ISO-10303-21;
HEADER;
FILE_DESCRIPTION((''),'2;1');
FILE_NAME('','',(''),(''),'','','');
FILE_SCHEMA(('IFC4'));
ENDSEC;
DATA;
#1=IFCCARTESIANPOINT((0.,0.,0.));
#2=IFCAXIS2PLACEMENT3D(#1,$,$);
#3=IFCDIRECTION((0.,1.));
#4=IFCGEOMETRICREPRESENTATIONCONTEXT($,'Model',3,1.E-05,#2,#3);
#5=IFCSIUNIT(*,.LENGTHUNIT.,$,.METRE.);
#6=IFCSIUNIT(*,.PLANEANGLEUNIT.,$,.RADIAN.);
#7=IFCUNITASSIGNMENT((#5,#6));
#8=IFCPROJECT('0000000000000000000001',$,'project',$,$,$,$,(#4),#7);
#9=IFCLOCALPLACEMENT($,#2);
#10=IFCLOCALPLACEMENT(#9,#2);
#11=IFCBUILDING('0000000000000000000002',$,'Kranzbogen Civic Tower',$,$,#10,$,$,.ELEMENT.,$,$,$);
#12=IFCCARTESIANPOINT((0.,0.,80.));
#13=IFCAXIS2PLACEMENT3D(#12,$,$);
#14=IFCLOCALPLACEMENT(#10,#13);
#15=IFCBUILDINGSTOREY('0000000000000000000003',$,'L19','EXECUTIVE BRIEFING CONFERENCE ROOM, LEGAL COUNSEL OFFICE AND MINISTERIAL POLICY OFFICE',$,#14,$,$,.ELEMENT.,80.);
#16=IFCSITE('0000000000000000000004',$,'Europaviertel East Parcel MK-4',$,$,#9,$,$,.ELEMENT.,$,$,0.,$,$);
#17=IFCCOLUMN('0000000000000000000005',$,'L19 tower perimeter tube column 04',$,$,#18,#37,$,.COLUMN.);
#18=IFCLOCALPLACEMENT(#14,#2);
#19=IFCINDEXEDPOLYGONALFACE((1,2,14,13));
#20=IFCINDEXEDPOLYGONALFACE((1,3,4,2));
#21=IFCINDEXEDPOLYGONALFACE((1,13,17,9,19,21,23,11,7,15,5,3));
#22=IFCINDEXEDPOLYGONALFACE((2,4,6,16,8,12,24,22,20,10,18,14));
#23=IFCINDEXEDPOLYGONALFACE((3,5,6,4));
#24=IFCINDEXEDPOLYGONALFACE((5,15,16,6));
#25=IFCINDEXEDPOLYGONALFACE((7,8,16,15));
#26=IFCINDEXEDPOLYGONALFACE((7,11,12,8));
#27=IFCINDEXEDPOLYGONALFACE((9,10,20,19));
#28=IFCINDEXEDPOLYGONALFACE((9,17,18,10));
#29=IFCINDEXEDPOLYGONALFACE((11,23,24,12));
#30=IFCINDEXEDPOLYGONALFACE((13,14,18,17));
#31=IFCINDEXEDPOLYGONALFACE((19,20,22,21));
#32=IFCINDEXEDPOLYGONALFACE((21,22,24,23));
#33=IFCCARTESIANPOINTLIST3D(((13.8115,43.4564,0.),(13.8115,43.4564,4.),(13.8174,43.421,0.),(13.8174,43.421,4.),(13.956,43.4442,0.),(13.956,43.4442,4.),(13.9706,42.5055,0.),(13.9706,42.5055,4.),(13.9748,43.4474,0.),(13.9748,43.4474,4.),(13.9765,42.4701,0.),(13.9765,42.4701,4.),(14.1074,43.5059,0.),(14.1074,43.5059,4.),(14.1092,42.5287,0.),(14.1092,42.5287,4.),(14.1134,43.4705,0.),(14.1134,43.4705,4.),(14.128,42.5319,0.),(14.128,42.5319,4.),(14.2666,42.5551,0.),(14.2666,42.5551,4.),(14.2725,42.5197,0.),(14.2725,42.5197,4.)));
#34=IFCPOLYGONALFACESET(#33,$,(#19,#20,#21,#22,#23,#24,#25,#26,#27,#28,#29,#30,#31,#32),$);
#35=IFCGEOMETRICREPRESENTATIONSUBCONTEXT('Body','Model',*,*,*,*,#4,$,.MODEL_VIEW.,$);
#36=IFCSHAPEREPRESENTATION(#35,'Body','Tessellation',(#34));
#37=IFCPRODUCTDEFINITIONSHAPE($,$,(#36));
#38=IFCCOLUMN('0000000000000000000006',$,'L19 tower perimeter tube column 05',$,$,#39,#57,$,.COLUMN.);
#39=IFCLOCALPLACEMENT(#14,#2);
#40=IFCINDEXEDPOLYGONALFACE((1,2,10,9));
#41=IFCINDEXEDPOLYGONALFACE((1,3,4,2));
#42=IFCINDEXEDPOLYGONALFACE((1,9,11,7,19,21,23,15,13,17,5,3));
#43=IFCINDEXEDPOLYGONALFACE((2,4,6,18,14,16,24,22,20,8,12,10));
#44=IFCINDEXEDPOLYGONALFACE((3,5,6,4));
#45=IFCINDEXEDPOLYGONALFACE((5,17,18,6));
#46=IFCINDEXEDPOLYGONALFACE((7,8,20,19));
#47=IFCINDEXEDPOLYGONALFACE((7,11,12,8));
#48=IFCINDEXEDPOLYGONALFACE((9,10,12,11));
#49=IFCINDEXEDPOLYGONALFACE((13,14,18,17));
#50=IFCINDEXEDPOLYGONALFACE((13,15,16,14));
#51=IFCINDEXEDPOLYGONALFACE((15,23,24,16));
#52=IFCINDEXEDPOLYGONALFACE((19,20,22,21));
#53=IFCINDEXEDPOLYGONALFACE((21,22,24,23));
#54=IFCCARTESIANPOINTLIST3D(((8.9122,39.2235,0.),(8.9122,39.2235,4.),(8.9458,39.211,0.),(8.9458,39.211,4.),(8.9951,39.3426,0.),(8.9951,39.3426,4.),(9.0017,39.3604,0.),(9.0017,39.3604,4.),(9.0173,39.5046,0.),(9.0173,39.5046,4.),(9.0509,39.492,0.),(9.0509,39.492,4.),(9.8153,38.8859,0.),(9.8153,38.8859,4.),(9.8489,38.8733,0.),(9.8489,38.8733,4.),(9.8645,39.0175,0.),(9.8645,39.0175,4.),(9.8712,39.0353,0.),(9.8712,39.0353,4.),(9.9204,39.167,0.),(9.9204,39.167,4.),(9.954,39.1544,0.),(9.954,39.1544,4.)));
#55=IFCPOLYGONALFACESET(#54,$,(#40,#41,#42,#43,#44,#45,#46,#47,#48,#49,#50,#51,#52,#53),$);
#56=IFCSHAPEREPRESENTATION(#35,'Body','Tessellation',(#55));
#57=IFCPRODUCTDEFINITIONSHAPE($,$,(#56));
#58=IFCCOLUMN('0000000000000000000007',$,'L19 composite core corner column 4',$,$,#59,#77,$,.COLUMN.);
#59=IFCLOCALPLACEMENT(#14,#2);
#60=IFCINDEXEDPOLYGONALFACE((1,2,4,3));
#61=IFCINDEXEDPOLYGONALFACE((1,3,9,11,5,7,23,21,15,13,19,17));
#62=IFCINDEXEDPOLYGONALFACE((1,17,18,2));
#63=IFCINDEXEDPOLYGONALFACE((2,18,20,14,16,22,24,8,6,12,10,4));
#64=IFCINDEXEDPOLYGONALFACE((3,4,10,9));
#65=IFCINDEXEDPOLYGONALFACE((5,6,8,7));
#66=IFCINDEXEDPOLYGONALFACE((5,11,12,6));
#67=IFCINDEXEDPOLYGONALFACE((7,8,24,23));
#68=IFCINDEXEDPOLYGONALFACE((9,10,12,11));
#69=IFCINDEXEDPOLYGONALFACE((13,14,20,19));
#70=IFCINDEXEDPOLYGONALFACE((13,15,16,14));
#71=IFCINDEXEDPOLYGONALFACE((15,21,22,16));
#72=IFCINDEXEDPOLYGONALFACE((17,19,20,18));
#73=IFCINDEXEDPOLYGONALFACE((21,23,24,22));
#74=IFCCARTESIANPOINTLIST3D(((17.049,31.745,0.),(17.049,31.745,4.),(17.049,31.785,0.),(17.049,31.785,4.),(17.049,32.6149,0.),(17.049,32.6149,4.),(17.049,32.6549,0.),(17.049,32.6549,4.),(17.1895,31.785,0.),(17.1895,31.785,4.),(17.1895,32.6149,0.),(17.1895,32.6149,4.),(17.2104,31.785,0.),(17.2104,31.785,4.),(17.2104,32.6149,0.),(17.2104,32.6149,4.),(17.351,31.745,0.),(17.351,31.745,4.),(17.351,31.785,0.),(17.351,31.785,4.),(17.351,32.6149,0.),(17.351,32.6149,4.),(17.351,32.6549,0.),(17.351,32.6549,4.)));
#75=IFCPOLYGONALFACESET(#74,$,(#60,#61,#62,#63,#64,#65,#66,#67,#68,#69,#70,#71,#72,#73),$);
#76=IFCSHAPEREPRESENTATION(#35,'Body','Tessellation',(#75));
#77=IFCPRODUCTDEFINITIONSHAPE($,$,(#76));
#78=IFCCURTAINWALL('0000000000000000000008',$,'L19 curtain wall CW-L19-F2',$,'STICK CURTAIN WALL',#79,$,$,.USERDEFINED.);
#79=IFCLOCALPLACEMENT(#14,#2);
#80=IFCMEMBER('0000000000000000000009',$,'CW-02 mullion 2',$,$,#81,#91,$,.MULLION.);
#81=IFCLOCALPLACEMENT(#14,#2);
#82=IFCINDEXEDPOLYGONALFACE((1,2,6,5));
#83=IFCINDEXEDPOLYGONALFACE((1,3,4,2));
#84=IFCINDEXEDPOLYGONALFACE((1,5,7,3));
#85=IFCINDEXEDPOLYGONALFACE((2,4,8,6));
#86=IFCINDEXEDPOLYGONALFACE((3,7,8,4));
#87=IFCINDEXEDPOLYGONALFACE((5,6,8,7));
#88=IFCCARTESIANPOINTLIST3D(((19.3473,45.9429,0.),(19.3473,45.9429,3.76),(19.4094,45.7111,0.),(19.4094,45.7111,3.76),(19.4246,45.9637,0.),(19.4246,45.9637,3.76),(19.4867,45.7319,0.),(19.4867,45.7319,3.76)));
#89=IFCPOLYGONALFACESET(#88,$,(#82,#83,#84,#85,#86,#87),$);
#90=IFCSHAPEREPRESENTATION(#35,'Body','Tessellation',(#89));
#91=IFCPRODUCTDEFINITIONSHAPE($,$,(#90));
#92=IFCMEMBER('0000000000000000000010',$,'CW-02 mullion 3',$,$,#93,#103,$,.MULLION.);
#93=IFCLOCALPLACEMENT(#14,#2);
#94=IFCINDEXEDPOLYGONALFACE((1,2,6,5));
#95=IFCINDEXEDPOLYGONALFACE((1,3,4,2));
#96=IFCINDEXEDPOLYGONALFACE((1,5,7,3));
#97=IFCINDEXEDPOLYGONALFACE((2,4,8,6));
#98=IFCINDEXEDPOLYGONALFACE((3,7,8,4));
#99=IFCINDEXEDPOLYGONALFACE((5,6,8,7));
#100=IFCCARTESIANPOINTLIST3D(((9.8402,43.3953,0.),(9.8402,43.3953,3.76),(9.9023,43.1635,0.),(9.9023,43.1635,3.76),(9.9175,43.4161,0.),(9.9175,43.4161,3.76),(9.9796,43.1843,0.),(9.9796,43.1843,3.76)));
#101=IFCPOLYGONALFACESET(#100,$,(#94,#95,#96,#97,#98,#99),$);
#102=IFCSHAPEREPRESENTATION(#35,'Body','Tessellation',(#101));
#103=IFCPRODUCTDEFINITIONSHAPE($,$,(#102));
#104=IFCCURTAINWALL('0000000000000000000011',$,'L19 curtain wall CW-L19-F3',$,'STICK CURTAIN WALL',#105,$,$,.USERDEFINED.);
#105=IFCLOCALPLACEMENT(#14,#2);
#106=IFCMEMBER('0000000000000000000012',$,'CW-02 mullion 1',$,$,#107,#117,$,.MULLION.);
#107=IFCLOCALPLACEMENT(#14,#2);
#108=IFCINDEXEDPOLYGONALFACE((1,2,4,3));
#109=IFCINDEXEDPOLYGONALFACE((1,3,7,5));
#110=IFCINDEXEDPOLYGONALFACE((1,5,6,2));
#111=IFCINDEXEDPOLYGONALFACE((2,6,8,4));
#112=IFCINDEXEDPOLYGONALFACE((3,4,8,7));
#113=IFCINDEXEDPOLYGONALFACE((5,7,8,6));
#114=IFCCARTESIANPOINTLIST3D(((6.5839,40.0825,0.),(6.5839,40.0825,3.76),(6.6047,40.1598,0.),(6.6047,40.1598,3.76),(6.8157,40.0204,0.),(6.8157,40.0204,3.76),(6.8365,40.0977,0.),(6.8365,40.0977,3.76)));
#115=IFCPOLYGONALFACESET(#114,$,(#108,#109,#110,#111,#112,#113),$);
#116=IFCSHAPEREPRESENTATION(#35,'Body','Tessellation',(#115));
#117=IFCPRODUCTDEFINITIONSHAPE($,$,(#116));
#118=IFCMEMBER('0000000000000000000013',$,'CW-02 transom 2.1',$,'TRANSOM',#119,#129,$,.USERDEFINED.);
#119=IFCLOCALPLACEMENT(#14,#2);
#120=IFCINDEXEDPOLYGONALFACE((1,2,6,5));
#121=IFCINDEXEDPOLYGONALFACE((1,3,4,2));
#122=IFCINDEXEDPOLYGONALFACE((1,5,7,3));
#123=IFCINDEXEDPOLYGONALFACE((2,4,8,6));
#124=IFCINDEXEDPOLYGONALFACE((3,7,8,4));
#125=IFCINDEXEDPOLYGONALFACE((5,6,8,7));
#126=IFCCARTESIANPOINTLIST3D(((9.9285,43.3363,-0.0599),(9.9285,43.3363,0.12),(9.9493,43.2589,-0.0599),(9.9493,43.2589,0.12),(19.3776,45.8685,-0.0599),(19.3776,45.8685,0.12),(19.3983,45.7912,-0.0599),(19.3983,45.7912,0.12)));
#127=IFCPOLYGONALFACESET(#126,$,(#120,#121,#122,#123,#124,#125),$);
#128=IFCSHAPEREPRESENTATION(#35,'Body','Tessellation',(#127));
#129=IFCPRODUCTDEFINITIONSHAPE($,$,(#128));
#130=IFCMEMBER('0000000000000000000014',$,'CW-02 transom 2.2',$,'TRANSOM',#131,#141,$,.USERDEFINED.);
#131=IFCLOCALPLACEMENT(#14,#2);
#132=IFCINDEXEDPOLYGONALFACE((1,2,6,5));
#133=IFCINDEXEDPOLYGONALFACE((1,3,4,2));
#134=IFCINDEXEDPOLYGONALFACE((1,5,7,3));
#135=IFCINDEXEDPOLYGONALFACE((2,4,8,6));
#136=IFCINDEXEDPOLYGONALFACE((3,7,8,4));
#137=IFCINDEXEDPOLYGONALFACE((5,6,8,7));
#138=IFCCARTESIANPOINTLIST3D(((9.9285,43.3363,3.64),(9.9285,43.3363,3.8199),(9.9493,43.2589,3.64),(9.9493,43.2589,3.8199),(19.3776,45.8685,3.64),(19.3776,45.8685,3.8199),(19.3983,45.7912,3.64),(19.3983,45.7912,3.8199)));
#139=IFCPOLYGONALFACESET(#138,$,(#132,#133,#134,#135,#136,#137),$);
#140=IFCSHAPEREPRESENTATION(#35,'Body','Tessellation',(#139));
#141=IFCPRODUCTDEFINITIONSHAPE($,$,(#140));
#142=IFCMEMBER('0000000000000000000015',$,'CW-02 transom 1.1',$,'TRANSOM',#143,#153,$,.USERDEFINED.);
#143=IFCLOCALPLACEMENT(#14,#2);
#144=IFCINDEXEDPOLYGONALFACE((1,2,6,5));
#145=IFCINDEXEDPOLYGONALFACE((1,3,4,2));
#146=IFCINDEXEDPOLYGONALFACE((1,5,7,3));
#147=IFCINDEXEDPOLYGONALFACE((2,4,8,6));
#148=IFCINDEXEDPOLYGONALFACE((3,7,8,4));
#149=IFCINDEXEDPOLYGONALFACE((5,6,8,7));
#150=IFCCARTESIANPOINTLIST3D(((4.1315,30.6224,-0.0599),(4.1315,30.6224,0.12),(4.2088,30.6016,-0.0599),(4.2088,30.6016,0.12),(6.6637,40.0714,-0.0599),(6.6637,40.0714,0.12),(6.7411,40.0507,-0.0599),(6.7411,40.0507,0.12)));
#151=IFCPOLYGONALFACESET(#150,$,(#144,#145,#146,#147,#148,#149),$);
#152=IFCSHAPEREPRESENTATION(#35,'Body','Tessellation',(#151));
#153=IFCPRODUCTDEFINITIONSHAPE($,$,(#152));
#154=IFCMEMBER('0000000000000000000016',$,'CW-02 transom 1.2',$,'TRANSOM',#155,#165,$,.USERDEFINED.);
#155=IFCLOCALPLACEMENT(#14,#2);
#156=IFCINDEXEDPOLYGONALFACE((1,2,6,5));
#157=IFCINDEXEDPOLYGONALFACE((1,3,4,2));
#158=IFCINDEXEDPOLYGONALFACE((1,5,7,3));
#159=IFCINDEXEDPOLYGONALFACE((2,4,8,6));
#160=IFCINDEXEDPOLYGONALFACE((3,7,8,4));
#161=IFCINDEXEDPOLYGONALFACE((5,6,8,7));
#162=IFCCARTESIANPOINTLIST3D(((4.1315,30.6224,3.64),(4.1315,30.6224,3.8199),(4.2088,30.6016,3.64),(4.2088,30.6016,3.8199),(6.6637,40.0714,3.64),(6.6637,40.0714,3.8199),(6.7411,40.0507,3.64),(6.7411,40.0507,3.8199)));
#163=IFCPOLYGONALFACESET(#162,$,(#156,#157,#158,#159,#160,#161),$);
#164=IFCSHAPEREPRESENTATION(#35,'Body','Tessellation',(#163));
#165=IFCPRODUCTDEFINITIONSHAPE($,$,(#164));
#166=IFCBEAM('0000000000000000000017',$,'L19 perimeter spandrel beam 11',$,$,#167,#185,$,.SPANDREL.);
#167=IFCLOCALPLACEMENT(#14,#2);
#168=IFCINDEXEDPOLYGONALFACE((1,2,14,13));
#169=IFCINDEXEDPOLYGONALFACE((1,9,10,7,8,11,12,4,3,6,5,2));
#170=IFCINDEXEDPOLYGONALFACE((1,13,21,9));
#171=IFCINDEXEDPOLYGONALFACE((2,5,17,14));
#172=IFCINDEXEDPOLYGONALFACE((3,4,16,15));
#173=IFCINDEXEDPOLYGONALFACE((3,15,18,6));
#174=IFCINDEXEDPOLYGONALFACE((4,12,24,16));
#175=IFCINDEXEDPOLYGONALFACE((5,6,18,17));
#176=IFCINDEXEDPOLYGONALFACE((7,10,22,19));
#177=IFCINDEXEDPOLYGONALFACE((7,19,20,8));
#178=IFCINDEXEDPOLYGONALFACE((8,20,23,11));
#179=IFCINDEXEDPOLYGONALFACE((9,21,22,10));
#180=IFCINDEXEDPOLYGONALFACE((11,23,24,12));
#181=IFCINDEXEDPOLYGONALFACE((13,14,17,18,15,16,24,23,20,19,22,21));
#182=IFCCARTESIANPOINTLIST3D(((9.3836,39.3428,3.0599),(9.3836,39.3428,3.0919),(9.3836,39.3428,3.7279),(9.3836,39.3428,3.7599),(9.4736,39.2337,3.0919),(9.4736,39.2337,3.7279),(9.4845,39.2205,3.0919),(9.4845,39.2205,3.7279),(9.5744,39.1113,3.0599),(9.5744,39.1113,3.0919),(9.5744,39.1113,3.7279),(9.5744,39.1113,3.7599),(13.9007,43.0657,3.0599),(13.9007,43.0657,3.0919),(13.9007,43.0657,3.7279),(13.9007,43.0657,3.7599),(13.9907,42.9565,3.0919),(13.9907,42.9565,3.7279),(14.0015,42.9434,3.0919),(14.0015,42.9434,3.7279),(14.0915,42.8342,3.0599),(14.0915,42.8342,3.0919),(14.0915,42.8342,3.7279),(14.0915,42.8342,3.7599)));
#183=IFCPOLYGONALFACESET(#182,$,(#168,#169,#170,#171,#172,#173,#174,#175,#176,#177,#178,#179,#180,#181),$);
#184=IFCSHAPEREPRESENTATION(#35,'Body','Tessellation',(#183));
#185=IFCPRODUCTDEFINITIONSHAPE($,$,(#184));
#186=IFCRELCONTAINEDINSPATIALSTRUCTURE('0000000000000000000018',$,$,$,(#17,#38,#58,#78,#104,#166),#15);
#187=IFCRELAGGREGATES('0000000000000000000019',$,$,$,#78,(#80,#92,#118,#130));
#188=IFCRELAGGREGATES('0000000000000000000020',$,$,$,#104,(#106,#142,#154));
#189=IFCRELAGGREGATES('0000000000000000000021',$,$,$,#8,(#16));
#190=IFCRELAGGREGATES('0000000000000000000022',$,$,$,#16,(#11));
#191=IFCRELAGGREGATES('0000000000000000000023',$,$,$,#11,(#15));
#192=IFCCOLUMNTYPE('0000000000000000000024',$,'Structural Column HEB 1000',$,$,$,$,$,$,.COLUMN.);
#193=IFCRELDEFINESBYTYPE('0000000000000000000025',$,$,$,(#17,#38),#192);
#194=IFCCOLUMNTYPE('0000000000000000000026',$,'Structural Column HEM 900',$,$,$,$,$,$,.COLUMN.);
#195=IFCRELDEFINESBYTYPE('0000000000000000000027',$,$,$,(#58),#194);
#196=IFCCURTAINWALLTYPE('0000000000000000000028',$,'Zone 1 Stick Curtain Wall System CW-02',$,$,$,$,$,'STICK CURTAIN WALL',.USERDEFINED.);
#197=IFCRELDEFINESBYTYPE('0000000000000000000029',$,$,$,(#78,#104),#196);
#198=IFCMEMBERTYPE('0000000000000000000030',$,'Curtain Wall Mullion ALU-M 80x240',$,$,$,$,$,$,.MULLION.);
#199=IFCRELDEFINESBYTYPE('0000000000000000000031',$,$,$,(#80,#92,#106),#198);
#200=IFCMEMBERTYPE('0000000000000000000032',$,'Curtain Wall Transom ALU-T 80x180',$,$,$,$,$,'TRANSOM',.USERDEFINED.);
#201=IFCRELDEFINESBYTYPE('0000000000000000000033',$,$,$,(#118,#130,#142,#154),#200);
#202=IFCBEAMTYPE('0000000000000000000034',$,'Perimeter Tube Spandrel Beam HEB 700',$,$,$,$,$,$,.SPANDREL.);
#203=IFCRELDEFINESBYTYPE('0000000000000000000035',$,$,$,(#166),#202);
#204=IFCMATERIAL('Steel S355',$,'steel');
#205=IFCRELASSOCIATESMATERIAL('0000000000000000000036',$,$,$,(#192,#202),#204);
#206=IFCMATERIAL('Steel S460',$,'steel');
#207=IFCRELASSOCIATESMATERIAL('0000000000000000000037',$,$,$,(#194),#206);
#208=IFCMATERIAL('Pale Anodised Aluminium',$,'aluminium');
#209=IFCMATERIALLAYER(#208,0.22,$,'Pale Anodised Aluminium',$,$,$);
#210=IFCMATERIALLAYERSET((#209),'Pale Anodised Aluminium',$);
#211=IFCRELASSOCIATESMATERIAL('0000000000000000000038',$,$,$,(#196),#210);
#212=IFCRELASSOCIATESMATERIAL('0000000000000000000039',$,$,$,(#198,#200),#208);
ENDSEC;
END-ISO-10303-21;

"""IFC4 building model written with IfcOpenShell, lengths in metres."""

from ifc_helpers import new_model, si_unit, direction, frame, origin, origin_2d, place, context, subcontext, project, spatial, rectangle, i_section, extrude, material, layer, layer_set, material_profile, profile_set, type_object, element, aggregate, save


model = new_model("IFC4")

# Units and contexts
model_context = context("Model", 3, precision=1e-05, world=origin(), true_north=direction((0.0, 1.0)))
body_context = subcontext(model_context, "Body", "Model", "MODEL_VIEW")
ifc_project = project(units=[si_unit("LENGTHUNIT", "METRE"), si_unit("PLANEANGLEUNIT", "RADIAN")], contexts=[model_context])

# Site, building, storey
site_placement = place(None, origin())
site = spatial("IfcSite", under=ifc_project, at=site_placement, Name="Europaviertel East Parcel MK-4", CompositionType="ELEMENT", RefElevation=0.0)
building_placement = place(site_placement, origin())
building = spatial("IfcBuilding", under=site, at=building_placement, Name="Kranzbogen Civic Tower", CompositionType="ELEMENT")
storey_placement = place(building_placement, frame((0.0, 0.0, 80.0)))
storey = spatial("IfcBuildingStorey", under=building, at=storey_placement, Name="L19", Description="EXECUTIVE BRIEFING CONFERENCE ROOM, LEGAL COUNSEL OFFICE AND MINISTERIAL POLICY OFFICE", CompositionType="ELEMENT", Elevation=80.0)

# Columns
ifc_material_1 = material(Name="Steel S355", Category="steel")
ifc_material_profile_1 = material_profile(ifc_material_1, i_section(OverallWidth=0.3, OverallDepth=1.0, WebThickness=0.019, FlangeThickness=0.0359, at=origin_2d()), Name="HEB 1000")
ifc_profile_set_1 = profile_set([ifc_material_profile_1], Name="Steel S355")
column_type_1 = type_object("IfcColumnType", Name="Structural Column HEB 1000", PredefinedType="COLUMN", material=ifc_profile_set_1)
for number, where, z_axis, x_axis, name in (
    (1, (14.042, 42.988, 0.0), (0.0, 0.0, 1.0), (0.986286, 0.165048, 0.0), "L19 tower perimeter tube column 04"),
    (2, (9.4331, 39.189, 0.0), (0.0, 0.0, 1.0), (0.350207, 0.936672, 0.0), "L19 tower perimeter tube column 05"),
):
    element("IfcColumn", number, at=place(storey_placement, frame(where, z_axis=z_axis, x_axis=x_axis)), inside=storey, type_object=column_type_1, Name=name, PredefinedType="COLUMN", context=body_context, shape_type="SweptSolid", body=[
        extrude(i_section(OverallWidth=0.3, OverallDepth=1.0, WebThickness=0.019, FlangeThickness=0.0359, at=origin_2d()), origin(), (0.0, 0.0, 1.0), 4.0),
    ])
ifc_material_2 = material(Name="Steel S460", Category="steel")
ifc_material_profile_2 = material_profile(ifc_material_2, i_section(OverallWidth=0.302, OverallDepth=0.9099, WebThickness=0.021, FlangeThickness=0.04, at=origin_2d()), Name="HEM 900")
ifc_profile_set_2 = profile_set([ifc_material_profile_2], Name="Steel S460")
column_type_2 = type_object("IfcColumnType", Name="Structural Column HEM 900", PredefinedType="COLUMN", material=ifc_profile_set_2)
column_placement = place(storey_placement, frame((17.2, 32.2, 0.0), z_axis=(0.0, 0.0, 1.0), x_axis=(1.0, 0.0, 0.0)))
element("IfcColumn", 3, at=column_placement, inside=storey, type_object=column_type_2, Name="L19 composite core corner column 4", PredefinedType="COLUMN", context=body_context, shape_type="SweptSolid", body=[
    extrude(i_section(OverallWidth=0.302, OverallDepth=0.9099, WebThickness=0.021, FlangeThickness=0.04, at=origin_2d()), origin(), (0.0, 0.0, 1.0), 4.0),
])

# Curtain wall, members
ifc_material_3 = material(Name="Pale Anodised Aluminium", Category="aluminium")
ifc_layer_1 = layer(ifc_material_3, 0.22, Name="Pale Anodised Aluminium")
ifc_layer_set_1 = layer_set([ifc_layer_1], Name="Pale Anodised Aluminium")
curtain_wall_type = type_object("IfcCurtainWallType", Name="Zone 1 Stick Curtain Wall System CW-02", ElementType="STICK CURTAIN WALL", PredefinedType="USERDEFINED", material=ifc_layer_set_1)
curtain_wall_1_placement = place(storey_placement, origin())
curtain_wall_1 = element("IfcCurtainWall", 4, at=curtain_wall_1_placement, inside=storey, type_object=curtain_wall_type, Name="L19 curtain wall CW-L19-F2", ObjectType="STICK CURTAIN WALL", PredefinedType="USERDEFINED")
ifc_material_profile_3 = material_profile(ifc_material_3, rectangle(XDim=0.0801, YDim=0.24, at=origin_2d()), Name="ALU-M 80x240")
ifc_profile_set_3 = profile_set([ifc_material_profile_3], Name="Pale Anodised Aluminium")
member_type_1 = type_object("IfcMemberType", Name="Curtain Wall Mullion ALU-M 80x240", PredefinedType="MULLION", material=ifc_profile_set_3)
member_1_placement = place(storey_placement, frame((19.417, 45.8374, 0.0), z_axis=(0.0, 0.0, 1.0), x_axis=(-0.965917, -0.258851, 0.0)))
member_1 = element("IfcMember", 5, at=member_1_placement, type_object=member_type_1, Name="CW-02 mullion 2", PredefinedType="MULLION", context=body_context, shape_type="SweptSolid", body=[
    extrude(rectangle(XDim=0.0801, YDim=0.24, at=origin_2d()), origin(), (0.0, 0.0, 1.0), 3.76),
])
member_2_placement = place(storey_placement, frame((9.9099, 43.2898, 0.0), z_axis=(0.0, 0.0, 1.0), x_axis=(-0.965917, -0.258851, 0.0)))
member_2 = element("IfcMember", 6, at=member_2_placement, type_object=member_type_1, Name="CW-02 mullion 3", PredefinedType="MULLION", context=body_context, shape_type="SweptSolid", body=[
    extrude(rectangle(XDim=0.0801, YDim=0.24, at=origin_2d()), origin(), (0.0, 0.0, 1.0), 3.76),
])

# Curtain wall, member
curtain_wall_2_placement = place(storey_placement, origin())
curtain_wall_2 = element("IfcCurtainWall", 7, at=curtain_wall_2_placement, inside=storey, type_object=curtain_wall_type, Name="L19 curtain wall CW-L19-F3", ObjectType="STICK CURTAIN WALL", PredefinedType="USERDEFINED")
member_3_placement = place(storey_placement, frame((6.7102, 40.0901, 0.0), z_axis=(0.0, 0.0, 1.0), x_axis=(-0.258851, -0.965917, 0.0)))
member_3 = element("IfcMember", 8, at=member_3_placement, type_object=member_type_1, Name="CW-02 mullion 1", PredefinedType="MULLION", context=body_context, shape_type="SweptSolid", body=[
    extrude(rectangle(XDim=0.0801, YDim=0.24, at=origin_2d()), origin(), (0.0, 0.0, 1.0), 3.76),
])

# Members
ifc_material_profile_4 = material_profile(ifc_material_3, rectangle(XDim=0.0801, YDim=0.1799, at=origin_2d()), Name="ALU-T 80x180")
ifc_profile_set_4 = profile_set([ifc_material_profile_4], Name="Pale Anodised Aluminium")
member_type_2 = type_object("IfcMemberType", Name="Curtain Wall Transom ALU-T 80x180", ElementType="TRANSOM", PredefinedType="USERDEFINED", material=ifc_profile_set_4)
member_4_placement = place(storey_placement, frame((19.3879, 45.8298, 0.03), z_axis=(-0.965916, -0.258855, 0.0), x_axis=(0.258855, -0.965916, 0.0)))
member_4 = element("IfcMember", 9, at=member_4_placement, type_object=member_type_2, Name="CW-02 transom 2.1", ObjectType="TRANSOM", PredefinedType="USERDEFINED", context=body_context, shape_type="SweptSolid", body=[
    extrude(rectangle(XDim=0.0801, YDim=0.1799, at=origin_2d()), origin(), (0.0, 0.0, 1.0), 9.7825),
])
member_5_placement = place(storey_placement, frame((19.3879, 45.8298, 3.73), z_axis=(-0.965916, -0.258855, 0.0), x_axis=(0.258855, -0.965916, 0.0)))
member_5 = element("IfcMember", 10, at=member_5_placement, type_object=member_type_2, Name="CW-02 transom 2.2", ObjectType="TRANSOM", PredefinedType="USERDEFINED", context=body_context, shape_type="SweptSolid", body=[
    extrude(rectangle(XDim=0.0801, YDim=0.1799, at=origin_2d()), origin(), (0.0, 0.0, 1.0), 9.7825),
])
member_6_placement = place(storey_placement, frame((6.7024, 40.061, 0.03), z_axis=(-0.258855, -0.965916, 0.0), x_axis=(0.965916, -0.258855, 0.0)))
member_6 = element("IfcMember", 11, at=member_6_placement, type_object=member_type_2, Name="CW-02 transom 1.1", ObjectType="TRANSOM", PredefinedType="USERDEFINED", context=body_context, shape_type="SweptSolid", body=[
    extrude(rectangle(XDim=0.0801, YDim=0.1799, at=origin_2d()), origin(), (0.0, 0.0, 1.0), 9.7825),
])
member_7_placement = place(storey_placement, frame((6.7024, 40.061, 3.73), z_axis=(-0.258855, -0.965916, 0.0), x_axis=(0.965916, -0.258855, 0.0)))
member_7 = element("IfcMember", 12, at=member_7_placement, type_object=member_type_2, Name="CW-02 transom 1.2", ObjectType="TRANSOM", PredefinedType="USERDEFINED", context=body_context, shape_type="SweptSolid", body=[
    extrude(rectangle(XDim=0.0801, YDim=0.1799, at=origin_2d()), origin(), (0.0, 0.0, 1.0), 9.7825),
])

# Beam
ifc_material_profile_5 = material_profile(ifc_material_1, i_section(OverallWidth=0.3, OverallDepth=0.7, WebThickness=0.0171, FlangeThickness=0.032, at=origin_2d()), Name="HEB 700")
ifc_profile_set_5 = profile_set([ifc_material_profile_5], Name="Steel S355")
beam_type_1 = type_object("IfcBeamType", Name="Perimeter Tube Spandrel Beam HEB 700", PredefinedType="SPANDREL", material=ifc_profile_set_5)
beam_1_placement = place(storey_placement, frame((13.9961, 42.95, 3.4099), z_axis=(-0.771683, -0.636007, 0.0), x_axis=(0.636007, -0.771683, 0.0)))
element("IfcBeam", 13, at=beam_1_placement, inside=storey, type_object=beam_type_1, Name="L19 perimeter spandrel beam 11", PredefinedType="SPANDREL", context=body_context, shape_type="SweptSolid", body=[
    extrude(i_section(OverallWidth=0.3, OverallDepth=0.7, WebThickness=0.0171, FlangeThickness=0.032, at=origin_2d()), origin(), (0.0, 0.0, 1.0), 5.8535),
])

aggregate(curtain_wall_1, [member_1, member_2, member_4, member_5])
aggregate(curtain_wall_2, [member_3, member_6, member_7])

save(model, "model.ifc")
